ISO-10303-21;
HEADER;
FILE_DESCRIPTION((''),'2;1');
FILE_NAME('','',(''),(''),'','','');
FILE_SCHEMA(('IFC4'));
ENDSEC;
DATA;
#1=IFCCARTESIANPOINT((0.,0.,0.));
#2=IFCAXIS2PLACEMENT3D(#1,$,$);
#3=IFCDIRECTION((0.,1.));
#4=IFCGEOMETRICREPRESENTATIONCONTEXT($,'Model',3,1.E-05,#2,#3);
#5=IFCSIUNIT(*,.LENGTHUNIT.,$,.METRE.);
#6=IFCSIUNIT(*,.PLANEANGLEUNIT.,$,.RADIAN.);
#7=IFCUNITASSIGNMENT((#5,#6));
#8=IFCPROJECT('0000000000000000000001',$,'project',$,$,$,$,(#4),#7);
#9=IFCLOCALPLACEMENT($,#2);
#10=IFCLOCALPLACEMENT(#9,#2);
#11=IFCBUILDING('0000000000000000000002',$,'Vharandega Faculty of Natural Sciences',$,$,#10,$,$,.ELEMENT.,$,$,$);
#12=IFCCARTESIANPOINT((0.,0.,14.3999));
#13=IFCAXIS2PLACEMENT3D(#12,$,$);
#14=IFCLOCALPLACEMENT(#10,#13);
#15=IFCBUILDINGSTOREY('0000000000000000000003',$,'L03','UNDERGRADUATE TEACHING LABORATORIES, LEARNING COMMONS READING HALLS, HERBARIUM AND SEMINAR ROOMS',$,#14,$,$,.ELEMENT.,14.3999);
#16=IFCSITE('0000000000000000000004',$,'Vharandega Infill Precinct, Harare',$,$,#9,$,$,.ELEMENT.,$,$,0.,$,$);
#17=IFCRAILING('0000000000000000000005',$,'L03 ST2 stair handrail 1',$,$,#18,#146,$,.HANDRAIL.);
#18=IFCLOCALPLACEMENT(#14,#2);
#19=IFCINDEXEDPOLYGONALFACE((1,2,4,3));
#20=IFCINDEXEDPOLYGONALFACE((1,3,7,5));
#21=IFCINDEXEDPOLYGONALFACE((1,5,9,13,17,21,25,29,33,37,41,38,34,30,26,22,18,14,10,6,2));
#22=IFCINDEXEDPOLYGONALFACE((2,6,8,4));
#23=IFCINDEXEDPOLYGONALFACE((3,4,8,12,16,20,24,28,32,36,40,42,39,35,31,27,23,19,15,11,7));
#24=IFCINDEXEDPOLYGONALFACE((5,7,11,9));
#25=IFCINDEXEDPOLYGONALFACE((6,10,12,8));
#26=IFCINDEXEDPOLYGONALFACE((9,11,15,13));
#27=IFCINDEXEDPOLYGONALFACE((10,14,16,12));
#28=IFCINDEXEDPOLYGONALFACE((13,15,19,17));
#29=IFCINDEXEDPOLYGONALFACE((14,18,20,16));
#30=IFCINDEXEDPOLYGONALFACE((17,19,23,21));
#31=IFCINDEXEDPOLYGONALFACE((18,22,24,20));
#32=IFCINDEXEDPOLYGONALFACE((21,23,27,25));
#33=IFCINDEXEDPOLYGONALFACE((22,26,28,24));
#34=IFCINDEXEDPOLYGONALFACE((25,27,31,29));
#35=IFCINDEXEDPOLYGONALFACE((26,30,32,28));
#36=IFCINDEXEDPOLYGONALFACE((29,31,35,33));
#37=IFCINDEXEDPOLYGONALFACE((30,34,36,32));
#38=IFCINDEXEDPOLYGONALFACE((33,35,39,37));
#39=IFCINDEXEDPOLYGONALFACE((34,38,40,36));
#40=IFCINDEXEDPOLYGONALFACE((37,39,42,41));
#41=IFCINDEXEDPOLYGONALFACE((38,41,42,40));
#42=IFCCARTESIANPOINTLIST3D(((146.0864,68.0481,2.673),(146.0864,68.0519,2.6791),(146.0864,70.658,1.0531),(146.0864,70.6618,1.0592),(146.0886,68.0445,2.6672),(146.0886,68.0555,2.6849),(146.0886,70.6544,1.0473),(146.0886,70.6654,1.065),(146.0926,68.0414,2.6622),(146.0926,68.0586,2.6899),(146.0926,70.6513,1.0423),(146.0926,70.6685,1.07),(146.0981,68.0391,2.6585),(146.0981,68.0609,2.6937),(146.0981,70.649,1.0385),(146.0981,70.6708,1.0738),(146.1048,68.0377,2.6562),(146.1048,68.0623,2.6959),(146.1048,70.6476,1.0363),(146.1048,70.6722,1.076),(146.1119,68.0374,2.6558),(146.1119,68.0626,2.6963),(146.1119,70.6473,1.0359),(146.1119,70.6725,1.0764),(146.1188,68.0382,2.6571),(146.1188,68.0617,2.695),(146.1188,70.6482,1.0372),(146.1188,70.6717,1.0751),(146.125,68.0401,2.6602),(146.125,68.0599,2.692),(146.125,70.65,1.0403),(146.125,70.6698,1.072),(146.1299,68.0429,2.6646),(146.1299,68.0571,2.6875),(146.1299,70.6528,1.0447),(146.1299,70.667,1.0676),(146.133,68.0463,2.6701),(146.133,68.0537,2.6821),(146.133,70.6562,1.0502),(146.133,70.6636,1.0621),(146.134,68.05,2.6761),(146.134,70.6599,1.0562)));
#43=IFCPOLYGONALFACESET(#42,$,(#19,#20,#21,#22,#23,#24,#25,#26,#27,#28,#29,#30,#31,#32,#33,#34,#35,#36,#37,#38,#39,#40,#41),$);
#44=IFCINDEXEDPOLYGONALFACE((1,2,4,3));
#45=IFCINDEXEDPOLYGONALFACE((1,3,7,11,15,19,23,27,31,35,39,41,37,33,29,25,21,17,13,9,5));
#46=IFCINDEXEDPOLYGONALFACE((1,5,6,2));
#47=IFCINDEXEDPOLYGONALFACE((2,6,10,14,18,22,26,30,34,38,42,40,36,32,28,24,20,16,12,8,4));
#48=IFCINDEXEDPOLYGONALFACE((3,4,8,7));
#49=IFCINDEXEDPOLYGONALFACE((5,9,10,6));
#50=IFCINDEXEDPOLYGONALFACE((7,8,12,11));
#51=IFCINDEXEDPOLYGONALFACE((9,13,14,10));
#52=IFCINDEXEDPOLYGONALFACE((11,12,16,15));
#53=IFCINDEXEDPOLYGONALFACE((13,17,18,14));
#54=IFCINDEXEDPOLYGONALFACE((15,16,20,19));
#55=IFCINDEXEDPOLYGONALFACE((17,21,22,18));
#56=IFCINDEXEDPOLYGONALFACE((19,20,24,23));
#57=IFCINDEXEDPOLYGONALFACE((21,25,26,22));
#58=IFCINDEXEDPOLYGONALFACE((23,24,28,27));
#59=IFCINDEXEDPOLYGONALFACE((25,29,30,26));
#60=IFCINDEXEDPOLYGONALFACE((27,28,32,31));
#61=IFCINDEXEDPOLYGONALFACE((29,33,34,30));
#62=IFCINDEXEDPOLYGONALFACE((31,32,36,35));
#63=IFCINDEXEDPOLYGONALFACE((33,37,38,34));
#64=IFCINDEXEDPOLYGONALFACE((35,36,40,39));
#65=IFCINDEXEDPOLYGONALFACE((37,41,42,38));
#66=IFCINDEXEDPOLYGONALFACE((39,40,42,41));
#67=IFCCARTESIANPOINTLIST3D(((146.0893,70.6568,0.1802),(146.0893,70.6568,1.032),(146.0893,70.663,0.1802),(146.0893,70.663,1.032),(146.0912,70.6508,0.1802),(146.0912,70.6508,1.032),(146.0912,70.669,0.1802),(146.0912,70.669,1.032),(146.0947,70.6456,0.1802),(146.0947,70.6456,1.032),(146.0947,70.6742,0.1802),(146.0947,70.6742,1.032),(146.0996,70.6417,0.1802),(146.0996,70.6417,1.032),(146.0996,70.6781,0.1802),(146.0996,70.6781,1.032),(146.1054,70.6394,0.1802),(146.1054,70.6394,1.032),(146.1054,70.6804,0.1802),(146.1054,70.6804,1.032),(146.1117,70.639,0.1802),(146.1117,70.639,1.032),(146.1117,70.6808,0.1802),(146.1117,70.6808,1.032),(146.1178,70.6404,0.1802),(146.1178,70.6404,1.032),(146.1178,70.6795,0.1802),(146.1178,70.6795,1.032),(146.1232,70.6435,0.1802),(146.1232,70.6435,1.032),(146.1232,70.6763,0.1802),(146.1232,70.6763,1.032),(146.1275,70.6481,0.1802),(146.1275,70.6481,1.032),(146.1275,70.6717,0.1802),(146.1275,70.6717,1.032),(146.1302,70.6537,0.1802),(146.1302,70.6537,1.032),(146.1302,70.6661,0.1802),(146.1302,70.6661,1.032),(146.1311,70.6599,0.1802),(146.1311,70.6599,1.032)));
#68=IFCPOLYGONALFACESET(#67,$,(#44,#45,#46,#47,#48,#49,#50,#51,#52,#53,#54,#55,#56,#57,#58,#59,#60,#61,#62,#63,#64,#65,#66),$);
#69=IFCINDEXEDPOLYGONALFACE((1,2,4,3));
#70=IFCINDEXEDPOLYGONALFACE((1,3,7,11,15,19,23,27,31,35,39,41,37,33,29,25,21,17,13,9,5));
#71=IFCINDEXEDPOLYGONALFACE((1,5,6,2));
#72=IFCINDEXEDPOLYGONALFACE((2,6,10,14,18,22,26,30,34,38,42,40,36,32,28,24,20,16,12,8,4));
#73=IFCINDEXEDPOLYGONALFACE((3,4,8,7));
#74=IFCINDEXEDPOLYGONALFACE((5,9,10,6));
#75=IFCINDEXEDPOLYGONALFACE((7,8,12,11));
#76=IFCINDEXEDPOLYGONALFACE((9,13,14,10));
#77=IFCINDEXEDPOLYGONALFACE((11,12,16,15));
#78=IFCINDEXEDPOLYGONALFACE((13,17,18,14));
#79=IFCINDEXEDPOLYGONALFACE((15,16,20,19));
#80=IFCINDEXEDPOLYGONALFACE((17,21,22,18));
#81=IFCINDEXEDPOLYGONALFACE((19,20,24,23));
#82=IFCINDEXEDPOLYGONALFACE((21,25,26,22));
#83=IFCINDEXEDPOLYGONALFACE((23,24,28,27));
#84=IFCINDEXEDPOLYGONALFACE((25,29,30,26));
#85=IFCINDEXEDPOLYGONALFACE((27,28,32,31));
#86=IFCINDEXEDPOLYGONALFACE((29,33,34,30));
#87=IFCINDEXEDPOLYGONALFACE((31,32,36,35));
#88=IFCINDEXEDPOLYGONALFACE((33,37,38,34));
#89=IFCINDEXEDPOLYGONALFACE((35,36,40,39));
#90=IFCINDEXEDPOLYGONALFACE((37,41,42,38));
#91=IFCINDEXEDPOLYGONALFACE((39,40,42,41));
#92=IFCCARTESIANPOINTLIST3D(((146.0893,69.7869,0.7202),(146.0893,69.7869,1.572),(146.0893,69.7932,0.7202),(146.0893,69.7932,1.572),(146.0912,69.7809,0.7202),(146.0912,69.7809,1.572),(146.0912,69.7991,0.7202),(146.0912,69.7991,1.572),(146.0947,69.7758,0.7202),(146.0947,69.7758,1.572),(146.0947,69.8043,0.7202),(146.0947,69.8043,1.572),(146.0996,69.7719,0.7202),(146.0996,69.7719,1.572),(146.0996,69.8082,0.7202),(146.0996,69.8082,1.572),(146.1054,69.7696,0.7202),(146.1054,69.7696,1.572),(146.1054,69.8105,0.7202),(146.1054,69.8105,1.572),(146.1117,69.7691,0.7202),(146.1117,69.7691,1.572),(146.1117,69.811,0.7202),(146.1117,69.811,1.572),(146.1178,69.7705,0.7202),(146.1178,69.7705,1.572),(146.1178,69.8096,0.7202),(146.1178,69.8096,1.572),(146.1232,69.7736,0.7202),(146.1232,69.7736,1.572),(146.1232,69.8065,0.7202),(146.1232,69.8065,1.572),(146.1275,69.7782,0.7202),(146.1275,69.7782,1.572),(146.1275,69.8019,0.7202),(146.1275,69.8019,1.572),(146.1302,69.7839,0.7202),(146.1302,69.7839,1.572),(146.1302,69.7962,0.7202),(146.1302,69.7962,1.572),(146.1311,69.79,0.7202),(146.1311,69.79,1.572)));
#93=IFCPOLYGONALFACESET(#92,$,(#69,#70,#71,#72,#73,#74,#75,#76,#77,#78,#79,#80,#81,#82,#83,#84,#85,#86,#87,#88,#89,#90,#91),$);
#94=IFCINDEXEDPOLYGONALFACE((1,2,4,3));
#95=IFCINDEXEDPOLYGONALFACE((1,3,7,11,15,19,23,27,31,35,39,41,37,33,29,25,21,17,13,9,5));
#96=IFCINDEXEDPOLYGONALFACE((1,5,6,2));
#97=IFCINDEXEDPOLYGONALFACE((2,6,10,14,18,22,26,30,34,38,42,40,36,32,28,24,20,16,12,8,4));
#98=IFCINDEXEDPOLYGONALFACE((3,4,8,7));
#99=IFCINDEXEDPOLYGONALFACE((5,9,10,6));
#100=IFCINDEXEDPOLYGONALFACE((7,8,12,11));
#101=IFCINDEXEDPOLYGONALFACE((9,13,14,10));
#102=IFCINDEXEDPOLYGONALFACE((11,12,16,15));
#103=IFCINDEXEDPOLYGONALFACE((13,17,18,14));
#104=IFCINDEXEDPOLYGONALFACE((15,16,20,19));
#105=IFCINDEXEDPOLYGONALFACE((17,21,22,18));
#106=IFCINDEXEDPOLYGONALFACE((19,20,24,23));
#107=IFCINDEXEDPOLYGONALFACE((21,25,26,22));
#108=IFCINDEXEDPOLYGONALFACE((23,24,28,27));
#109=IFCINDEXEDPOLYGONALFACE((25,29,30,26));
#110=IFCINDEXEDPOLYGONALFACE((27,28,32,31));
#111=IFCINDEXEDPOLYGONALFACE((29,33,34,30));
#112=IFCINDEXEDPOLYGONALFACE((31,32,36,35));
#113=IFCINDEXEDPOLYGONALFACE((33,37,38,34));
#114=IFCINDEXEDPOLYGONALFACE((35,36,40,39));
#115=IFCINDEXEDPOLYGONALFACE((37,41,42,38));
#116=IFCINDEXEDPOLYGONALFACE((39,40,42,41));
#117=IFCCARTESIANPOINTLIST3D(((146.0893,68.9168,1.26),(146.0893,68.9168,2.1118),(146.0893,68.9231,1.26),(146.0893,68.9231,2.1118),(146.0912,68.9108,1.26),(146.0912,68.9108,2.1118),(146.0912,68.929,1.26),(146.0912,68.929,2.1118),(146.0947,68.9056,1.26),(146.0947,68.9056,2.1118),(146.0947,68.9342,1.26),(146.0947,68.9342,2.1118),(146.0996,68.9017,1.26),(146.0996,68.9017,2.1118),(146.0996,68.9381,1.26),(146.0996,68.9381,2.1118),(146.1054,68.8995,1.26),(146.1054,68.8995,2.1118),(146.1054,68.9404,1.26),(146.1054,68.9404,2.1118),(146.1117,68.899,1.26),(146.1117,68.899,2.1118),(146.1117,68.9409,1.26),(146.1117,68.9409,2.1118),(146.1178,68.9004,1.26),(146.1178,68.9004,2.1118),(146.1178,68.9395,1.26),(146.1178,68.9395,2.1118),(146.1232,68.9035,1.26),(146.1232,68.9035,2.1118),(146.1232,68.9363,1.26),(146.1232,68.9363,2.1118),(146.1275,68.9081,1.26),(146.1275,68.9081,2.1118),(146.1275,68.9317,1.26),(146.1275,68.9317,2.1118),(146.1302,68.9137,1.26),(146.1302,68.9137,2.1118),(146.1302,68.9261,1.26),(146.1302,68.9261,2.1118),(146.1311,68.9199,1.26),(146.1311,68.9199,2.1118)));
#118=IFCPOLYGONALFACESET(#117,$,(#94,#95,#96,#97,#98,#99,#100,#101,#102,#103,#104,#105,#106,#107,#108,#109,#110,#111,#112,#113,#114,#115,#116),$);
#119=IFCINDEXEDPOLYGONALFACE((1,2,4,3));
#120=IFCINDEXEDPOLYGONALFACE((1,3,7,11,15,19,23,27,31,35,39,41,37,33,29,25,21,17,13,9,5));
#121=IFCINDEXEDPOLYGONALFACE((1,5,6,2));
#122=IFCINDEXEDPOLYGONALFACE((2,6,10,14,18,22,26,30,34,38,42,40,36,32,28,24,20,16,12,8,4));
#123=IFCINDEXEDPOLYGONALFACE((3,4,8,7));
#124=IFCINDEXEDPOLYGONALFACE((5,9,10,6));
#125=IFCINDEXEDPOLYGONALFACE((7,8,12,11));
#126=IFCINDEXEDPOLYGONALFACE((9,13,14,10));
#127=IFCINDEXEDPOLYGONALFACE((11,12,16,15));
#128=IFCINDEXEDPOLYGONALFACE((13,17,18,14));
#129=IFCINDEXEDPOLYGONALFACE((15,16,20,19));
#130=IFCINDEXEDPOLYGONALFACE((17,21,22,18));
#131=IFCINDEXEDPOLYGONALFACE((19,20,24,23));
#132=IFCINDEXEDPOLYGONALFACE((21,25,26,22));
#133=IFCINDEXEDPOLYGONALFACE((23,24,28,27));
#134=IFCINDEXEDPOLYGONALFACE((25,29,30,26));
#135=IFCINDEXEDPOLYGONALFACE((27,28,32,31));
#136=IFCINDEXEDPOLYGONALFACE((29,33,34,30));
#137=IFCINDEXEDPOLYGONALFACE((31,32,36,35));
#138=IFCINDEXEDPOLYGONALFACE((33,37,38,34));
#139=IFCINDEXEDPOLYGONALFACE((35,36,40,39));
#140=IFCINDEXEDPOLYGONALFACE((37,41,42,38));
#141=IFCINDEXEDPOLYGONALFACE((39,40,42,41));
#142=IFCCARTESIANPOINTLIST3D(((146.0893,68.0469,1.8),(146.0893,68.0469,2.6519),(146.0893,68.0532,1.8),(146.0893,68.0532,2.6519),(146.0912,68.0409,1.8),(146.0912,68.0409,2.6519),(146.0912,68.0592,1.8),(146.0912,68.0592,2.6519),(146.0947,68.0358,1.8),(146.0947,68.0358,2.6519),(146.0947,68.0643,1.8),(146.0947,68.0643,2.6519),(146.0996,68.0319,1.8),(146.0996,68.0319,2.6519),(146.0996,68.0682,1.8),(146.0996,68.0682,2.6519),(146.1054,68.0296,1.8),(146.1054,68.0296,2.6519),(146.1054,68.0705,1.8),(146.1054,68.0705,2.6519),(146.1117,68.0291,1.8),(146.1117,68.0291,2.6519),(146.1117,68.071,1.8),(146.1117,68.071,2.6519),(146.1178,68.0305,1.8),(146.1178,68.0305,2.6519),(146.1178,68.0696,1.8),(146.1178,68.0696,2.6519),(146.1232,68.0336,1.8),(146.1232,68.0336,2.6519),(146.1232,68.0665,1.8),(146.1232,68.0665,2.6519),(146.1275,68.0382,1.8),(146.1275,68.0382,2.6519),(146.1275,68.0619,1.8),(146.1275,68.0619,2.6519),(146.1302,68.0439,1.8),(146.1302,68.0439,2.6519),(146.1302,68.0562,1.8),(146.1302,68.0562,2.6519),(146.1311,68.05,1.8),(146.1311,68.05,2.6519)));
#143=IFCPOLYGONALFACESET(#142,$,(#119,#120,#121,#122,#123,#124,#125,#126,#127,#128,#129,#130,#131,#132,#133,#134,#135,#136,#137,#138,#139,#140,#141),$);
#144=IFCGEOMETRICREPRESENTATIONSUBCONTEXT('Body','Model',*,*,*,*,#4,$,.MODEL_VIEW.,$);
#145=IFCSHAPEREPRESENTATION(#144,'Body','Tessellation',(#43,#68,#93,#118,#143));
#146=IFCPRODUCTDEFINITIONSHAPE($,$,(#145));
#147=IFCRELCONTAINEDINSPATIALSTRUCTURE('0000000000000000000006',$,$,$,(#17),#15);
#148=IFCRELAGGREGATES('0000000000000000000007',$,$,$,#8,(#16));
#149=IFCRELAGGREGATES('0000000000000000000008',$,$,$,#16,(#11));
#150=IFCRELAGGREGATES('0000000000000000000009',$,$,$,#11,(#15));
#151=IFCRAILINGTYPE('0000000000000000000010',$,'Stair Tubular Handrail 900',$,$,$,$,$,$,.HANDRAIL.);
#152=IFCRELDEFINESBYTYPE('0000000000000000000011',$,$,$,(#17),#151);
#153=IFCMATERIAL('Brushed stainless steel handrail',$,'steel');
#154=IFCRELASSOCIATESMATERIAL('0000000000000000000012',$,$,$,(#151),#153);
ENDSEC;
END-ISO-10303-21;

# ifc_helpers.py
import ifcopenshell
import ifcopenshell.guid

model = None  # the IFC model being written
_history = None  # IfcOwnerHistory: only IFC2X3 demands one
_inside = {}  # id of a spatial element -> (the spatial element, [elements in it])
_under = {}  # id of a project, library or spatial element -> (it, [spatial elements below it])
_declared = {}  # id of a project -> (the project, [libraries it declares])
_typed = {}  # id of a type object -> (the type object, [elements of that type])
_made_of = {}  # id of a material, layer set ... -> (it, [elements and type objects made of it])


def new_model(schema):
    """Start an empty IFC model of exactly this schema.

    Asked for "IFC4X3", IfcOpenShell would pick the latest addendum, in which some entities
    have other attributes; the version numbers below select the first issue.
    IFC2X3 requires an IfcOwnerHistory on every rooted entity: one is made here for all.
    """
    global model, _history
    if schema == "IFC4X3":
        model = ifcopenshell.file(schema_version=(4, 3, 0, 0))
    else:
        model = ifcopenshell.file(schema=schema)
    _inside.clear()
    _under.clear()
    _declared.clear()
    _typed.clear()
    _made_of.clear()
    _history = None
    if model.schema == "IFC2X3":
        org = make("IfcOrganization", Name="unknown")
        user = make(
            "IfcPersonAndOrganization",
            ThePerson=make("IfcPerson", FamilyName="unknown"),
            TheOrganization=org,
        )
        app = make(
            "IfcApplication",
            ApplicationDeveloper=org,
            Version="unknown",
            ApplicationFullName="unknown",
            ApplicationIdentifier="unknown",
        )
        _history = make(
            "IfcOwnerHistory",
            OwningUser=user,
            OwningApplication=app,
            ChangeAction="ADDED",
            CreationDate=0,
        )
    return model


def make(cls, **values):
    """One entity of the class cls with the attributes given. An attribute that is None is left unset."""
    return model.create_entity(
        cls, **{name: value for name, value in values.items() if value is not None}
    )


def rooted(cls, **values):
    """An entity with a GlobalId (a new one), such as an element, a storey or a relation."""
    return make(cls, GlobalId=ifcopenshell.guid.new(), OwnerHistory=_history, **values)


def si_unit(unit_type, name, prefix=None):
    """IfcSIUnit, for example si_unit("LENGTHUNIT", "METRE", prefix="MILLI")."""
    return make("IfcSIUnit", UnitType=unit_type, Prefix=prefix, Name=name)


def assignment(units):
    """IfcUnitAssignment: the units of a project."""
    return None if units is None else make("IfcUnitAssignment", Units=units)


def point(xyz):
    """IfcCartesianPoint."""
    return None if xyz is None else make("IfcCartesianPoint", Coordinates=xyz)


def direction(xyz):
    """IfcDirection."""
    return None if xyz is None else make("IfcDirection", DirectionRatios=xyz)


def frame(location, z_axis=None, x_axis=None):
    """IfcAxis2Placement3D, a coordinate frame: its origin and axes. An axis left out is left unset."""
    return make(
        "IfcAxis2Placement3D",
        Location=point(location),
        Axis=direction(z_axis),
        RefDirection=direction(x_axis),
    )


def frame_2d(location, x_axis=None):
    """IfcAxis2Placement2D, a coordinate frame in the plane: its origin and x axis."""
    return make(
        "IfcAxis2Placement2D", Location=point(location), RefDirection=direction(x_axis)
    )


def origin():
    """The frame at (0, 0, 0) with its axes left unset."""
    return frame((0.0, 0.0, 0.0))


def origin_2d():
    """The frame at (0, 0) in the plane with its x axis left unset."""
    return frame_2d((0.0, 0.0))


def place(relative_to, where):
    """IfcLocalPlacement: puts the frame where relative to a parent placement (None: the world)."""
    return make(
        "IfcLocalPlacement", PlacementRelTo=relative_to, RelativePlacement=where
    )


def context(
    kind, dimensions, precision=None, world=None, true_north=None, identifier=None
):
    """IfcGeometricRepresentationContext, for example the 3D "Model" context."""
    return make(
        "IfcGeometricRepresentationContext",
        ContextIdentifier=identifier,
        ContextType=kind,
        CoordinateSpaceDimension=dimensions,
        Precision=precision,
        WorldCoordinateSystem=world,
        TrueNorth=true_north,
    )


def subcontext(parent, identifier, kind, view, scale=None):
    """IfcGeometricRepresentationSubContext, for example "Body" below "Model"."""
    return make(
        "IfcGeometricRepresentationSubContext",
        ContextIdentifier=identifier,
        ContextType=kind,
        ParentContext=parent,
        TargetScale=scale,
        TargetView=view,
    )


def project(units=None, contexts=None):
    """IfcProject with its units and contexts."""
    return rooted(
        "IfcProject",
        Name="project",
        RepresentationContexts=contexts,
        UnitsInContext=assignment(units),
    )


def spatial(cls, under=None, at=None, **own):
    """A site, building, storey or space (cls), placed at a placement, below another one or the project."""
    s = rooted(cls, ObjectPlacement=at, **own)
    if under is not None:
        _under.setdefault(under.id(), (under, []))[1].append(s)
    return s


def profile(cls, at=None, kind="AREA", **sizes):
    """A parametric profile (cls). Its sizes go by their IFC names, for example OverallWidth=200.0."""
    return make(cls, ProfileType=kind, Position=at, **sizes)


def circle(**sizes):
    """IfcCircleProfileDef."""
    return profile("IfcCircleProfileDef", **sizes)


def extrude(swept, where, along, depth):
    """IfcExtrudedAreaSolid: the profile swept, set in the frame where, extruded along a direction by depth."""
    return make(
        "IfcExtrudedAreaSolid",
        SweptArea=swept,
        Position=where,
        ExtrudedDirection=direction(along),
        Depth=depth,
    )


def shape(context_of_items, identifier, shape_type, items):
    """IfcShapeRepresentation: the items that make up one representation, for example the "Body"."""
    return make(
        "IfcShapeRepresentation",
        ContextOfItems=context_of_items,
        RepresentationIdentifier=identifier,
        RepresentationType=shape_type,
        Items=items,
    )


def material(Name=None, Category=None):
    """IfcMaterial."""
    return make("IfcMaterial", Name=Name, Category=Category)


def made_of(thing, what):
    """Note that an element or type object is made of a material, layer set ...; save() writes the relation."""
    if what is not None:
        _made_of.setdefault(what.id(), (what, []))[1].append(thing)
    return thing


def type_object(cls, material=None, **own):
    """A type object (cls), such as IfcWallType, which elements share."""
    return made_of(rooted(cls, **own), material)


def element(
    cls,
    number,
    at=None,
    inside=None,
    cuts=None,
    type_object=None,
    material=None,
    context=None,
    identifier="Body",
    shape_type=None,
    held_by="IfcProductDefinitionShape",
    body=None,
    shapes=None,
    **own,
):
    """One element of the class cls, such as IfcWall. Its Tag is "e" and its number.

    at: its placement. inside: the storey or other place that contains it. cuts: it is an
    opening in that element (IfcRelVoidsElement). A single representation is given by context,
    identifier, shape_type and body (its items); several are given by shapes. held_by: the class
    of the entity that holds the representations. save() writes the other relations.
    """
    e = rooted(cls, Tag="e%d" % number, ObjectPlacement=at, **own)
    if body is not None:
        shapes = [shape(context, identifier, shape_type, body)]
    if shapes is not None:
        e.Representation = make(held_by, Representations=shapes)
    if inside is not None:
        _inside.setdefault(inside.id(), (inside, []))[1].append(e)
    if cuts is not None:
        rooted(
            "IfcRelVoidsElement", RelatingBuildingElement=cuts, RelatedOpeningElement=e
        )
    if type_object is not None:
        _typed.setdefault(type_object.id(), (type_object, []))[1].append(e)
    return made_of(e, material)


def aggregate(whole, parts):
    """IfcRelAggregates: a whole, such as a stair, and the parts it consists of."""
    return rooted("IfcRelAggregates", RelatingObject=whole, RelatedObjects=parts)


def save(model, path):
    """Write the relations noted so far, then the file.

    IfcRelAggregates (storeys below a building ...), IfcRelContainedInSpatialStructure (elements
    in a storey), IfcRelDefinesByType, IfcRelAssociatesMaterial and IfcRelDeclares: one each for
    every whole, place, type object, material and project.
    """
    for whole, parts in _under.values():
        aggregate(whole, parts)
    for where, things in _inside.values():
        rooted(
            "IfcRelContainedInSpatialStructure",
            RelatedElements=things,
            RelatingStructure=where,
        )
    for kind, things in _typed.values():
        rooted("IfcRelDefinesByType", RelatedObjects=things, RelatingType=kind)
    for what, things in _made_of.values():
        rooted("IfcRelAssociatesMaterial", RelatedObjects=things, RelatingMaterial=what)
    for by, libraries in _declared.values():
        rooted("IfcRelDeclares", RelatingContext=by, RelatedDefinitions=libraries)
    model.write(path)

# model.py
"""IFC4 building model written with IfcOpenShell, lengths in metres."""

from ifc_helpers import new_model, si_unit, direction, frame, origin, origin_2d, place, context, subcontext, project, spatial, circle, extrude, material, type_object, element, save


model = new_model("IFC4")

# Units and contexts
model_context = context("Model", 3, precision=1e-05, world=origin(), true_north=direction((0.0, 1.0)))
body_context = subcontext(model_context, "Body", "Model", "MODEL_VIEW")
ifc_project = project(units=[si_unit("LENGTHUNIT", "METRE"), si_unit("PLANEANGLEUNIT", "RADIAN")], contexts=[model_context])

# Site, building, storey
site_placement = place(None, origin())
site = spatial("IfcSite", under=ifc_project, at=site_placement, Name="Vharandega Infill Precinct, Harare", CompositionType="ELEMENT", RefElevation=0.0)
building_placement = place(site_placement, origin())
building = spatial("IfcBuilding", under=site, at=building_placement, Name="Vharandega Faculty of Natural Sciences", CompositionType="ELEMENT")
storey_placement = place(building_placement, frame((0.0, 0.0, 14.3999)))
storey = spatial("IfcBuildingStorey", under=building, at=storey_placement, Name="L03", Description="UNDERGRADUATE TEACHING LABORATORIES, LEARNING COMMONS READING HALLS, HERBARIUM AND SEMINAR ROOMS", CompositionType="ELEMENT", Elevation=14.3999)

# Railing
ifc_material_1 = material(Name="Brushed stainless steel handrail", Category="steel")
railing_type_1 = type_object("IfcRailingType", Name="Stair Tubular Handrail 900", PredefinedType="HANDRAIL", material=ifc_material_1)
railing_1_placement = place(storey_placement, frame((146.1101, 70.6599, 0.1802)))
element("IfcRailing", 1, at=railing_1_placement, inside=storey, type_object=railing_type_1, Name="L03 ST2 stair handrail 1", PredefinedType="HANDRAIL", context=body_context, shape_type="SweptSolid", body=[
    extrude(circle(Radius=0.0239, at=origin_2d()), frame((0.0, 0.0, 0.876), z_axis=(0.0, -0.849646, 0.527353), x_axis=(1.0, 0.0, 0.0)), (0.0, 0.0, 1.0), 3.0718),
    extrude(circle(Radius=0.021, at=origin_2d()), origin(), (0.0, 0.0, 1.0), 0.8518),
    extrude(circle(Radius=0.021, at=origin_2d()), frame((0.0, -0.8699, 0.54)), (0.0, 0.0, 1.0), 0.8518),
    extrude(circle(Radius=0.021, at=origin_2d()), frame((0.0, -1.74, 1.0798)), (0.0, 0.0, 1.0), 0.8518),
    extrude(circle(Radius=0.021, at=origin_2d()), frame((0.0, -2.6099, 1.6199)), (0.0, 0.0, 1.0), 0.8518),
])

save(model, "model.ifc")
